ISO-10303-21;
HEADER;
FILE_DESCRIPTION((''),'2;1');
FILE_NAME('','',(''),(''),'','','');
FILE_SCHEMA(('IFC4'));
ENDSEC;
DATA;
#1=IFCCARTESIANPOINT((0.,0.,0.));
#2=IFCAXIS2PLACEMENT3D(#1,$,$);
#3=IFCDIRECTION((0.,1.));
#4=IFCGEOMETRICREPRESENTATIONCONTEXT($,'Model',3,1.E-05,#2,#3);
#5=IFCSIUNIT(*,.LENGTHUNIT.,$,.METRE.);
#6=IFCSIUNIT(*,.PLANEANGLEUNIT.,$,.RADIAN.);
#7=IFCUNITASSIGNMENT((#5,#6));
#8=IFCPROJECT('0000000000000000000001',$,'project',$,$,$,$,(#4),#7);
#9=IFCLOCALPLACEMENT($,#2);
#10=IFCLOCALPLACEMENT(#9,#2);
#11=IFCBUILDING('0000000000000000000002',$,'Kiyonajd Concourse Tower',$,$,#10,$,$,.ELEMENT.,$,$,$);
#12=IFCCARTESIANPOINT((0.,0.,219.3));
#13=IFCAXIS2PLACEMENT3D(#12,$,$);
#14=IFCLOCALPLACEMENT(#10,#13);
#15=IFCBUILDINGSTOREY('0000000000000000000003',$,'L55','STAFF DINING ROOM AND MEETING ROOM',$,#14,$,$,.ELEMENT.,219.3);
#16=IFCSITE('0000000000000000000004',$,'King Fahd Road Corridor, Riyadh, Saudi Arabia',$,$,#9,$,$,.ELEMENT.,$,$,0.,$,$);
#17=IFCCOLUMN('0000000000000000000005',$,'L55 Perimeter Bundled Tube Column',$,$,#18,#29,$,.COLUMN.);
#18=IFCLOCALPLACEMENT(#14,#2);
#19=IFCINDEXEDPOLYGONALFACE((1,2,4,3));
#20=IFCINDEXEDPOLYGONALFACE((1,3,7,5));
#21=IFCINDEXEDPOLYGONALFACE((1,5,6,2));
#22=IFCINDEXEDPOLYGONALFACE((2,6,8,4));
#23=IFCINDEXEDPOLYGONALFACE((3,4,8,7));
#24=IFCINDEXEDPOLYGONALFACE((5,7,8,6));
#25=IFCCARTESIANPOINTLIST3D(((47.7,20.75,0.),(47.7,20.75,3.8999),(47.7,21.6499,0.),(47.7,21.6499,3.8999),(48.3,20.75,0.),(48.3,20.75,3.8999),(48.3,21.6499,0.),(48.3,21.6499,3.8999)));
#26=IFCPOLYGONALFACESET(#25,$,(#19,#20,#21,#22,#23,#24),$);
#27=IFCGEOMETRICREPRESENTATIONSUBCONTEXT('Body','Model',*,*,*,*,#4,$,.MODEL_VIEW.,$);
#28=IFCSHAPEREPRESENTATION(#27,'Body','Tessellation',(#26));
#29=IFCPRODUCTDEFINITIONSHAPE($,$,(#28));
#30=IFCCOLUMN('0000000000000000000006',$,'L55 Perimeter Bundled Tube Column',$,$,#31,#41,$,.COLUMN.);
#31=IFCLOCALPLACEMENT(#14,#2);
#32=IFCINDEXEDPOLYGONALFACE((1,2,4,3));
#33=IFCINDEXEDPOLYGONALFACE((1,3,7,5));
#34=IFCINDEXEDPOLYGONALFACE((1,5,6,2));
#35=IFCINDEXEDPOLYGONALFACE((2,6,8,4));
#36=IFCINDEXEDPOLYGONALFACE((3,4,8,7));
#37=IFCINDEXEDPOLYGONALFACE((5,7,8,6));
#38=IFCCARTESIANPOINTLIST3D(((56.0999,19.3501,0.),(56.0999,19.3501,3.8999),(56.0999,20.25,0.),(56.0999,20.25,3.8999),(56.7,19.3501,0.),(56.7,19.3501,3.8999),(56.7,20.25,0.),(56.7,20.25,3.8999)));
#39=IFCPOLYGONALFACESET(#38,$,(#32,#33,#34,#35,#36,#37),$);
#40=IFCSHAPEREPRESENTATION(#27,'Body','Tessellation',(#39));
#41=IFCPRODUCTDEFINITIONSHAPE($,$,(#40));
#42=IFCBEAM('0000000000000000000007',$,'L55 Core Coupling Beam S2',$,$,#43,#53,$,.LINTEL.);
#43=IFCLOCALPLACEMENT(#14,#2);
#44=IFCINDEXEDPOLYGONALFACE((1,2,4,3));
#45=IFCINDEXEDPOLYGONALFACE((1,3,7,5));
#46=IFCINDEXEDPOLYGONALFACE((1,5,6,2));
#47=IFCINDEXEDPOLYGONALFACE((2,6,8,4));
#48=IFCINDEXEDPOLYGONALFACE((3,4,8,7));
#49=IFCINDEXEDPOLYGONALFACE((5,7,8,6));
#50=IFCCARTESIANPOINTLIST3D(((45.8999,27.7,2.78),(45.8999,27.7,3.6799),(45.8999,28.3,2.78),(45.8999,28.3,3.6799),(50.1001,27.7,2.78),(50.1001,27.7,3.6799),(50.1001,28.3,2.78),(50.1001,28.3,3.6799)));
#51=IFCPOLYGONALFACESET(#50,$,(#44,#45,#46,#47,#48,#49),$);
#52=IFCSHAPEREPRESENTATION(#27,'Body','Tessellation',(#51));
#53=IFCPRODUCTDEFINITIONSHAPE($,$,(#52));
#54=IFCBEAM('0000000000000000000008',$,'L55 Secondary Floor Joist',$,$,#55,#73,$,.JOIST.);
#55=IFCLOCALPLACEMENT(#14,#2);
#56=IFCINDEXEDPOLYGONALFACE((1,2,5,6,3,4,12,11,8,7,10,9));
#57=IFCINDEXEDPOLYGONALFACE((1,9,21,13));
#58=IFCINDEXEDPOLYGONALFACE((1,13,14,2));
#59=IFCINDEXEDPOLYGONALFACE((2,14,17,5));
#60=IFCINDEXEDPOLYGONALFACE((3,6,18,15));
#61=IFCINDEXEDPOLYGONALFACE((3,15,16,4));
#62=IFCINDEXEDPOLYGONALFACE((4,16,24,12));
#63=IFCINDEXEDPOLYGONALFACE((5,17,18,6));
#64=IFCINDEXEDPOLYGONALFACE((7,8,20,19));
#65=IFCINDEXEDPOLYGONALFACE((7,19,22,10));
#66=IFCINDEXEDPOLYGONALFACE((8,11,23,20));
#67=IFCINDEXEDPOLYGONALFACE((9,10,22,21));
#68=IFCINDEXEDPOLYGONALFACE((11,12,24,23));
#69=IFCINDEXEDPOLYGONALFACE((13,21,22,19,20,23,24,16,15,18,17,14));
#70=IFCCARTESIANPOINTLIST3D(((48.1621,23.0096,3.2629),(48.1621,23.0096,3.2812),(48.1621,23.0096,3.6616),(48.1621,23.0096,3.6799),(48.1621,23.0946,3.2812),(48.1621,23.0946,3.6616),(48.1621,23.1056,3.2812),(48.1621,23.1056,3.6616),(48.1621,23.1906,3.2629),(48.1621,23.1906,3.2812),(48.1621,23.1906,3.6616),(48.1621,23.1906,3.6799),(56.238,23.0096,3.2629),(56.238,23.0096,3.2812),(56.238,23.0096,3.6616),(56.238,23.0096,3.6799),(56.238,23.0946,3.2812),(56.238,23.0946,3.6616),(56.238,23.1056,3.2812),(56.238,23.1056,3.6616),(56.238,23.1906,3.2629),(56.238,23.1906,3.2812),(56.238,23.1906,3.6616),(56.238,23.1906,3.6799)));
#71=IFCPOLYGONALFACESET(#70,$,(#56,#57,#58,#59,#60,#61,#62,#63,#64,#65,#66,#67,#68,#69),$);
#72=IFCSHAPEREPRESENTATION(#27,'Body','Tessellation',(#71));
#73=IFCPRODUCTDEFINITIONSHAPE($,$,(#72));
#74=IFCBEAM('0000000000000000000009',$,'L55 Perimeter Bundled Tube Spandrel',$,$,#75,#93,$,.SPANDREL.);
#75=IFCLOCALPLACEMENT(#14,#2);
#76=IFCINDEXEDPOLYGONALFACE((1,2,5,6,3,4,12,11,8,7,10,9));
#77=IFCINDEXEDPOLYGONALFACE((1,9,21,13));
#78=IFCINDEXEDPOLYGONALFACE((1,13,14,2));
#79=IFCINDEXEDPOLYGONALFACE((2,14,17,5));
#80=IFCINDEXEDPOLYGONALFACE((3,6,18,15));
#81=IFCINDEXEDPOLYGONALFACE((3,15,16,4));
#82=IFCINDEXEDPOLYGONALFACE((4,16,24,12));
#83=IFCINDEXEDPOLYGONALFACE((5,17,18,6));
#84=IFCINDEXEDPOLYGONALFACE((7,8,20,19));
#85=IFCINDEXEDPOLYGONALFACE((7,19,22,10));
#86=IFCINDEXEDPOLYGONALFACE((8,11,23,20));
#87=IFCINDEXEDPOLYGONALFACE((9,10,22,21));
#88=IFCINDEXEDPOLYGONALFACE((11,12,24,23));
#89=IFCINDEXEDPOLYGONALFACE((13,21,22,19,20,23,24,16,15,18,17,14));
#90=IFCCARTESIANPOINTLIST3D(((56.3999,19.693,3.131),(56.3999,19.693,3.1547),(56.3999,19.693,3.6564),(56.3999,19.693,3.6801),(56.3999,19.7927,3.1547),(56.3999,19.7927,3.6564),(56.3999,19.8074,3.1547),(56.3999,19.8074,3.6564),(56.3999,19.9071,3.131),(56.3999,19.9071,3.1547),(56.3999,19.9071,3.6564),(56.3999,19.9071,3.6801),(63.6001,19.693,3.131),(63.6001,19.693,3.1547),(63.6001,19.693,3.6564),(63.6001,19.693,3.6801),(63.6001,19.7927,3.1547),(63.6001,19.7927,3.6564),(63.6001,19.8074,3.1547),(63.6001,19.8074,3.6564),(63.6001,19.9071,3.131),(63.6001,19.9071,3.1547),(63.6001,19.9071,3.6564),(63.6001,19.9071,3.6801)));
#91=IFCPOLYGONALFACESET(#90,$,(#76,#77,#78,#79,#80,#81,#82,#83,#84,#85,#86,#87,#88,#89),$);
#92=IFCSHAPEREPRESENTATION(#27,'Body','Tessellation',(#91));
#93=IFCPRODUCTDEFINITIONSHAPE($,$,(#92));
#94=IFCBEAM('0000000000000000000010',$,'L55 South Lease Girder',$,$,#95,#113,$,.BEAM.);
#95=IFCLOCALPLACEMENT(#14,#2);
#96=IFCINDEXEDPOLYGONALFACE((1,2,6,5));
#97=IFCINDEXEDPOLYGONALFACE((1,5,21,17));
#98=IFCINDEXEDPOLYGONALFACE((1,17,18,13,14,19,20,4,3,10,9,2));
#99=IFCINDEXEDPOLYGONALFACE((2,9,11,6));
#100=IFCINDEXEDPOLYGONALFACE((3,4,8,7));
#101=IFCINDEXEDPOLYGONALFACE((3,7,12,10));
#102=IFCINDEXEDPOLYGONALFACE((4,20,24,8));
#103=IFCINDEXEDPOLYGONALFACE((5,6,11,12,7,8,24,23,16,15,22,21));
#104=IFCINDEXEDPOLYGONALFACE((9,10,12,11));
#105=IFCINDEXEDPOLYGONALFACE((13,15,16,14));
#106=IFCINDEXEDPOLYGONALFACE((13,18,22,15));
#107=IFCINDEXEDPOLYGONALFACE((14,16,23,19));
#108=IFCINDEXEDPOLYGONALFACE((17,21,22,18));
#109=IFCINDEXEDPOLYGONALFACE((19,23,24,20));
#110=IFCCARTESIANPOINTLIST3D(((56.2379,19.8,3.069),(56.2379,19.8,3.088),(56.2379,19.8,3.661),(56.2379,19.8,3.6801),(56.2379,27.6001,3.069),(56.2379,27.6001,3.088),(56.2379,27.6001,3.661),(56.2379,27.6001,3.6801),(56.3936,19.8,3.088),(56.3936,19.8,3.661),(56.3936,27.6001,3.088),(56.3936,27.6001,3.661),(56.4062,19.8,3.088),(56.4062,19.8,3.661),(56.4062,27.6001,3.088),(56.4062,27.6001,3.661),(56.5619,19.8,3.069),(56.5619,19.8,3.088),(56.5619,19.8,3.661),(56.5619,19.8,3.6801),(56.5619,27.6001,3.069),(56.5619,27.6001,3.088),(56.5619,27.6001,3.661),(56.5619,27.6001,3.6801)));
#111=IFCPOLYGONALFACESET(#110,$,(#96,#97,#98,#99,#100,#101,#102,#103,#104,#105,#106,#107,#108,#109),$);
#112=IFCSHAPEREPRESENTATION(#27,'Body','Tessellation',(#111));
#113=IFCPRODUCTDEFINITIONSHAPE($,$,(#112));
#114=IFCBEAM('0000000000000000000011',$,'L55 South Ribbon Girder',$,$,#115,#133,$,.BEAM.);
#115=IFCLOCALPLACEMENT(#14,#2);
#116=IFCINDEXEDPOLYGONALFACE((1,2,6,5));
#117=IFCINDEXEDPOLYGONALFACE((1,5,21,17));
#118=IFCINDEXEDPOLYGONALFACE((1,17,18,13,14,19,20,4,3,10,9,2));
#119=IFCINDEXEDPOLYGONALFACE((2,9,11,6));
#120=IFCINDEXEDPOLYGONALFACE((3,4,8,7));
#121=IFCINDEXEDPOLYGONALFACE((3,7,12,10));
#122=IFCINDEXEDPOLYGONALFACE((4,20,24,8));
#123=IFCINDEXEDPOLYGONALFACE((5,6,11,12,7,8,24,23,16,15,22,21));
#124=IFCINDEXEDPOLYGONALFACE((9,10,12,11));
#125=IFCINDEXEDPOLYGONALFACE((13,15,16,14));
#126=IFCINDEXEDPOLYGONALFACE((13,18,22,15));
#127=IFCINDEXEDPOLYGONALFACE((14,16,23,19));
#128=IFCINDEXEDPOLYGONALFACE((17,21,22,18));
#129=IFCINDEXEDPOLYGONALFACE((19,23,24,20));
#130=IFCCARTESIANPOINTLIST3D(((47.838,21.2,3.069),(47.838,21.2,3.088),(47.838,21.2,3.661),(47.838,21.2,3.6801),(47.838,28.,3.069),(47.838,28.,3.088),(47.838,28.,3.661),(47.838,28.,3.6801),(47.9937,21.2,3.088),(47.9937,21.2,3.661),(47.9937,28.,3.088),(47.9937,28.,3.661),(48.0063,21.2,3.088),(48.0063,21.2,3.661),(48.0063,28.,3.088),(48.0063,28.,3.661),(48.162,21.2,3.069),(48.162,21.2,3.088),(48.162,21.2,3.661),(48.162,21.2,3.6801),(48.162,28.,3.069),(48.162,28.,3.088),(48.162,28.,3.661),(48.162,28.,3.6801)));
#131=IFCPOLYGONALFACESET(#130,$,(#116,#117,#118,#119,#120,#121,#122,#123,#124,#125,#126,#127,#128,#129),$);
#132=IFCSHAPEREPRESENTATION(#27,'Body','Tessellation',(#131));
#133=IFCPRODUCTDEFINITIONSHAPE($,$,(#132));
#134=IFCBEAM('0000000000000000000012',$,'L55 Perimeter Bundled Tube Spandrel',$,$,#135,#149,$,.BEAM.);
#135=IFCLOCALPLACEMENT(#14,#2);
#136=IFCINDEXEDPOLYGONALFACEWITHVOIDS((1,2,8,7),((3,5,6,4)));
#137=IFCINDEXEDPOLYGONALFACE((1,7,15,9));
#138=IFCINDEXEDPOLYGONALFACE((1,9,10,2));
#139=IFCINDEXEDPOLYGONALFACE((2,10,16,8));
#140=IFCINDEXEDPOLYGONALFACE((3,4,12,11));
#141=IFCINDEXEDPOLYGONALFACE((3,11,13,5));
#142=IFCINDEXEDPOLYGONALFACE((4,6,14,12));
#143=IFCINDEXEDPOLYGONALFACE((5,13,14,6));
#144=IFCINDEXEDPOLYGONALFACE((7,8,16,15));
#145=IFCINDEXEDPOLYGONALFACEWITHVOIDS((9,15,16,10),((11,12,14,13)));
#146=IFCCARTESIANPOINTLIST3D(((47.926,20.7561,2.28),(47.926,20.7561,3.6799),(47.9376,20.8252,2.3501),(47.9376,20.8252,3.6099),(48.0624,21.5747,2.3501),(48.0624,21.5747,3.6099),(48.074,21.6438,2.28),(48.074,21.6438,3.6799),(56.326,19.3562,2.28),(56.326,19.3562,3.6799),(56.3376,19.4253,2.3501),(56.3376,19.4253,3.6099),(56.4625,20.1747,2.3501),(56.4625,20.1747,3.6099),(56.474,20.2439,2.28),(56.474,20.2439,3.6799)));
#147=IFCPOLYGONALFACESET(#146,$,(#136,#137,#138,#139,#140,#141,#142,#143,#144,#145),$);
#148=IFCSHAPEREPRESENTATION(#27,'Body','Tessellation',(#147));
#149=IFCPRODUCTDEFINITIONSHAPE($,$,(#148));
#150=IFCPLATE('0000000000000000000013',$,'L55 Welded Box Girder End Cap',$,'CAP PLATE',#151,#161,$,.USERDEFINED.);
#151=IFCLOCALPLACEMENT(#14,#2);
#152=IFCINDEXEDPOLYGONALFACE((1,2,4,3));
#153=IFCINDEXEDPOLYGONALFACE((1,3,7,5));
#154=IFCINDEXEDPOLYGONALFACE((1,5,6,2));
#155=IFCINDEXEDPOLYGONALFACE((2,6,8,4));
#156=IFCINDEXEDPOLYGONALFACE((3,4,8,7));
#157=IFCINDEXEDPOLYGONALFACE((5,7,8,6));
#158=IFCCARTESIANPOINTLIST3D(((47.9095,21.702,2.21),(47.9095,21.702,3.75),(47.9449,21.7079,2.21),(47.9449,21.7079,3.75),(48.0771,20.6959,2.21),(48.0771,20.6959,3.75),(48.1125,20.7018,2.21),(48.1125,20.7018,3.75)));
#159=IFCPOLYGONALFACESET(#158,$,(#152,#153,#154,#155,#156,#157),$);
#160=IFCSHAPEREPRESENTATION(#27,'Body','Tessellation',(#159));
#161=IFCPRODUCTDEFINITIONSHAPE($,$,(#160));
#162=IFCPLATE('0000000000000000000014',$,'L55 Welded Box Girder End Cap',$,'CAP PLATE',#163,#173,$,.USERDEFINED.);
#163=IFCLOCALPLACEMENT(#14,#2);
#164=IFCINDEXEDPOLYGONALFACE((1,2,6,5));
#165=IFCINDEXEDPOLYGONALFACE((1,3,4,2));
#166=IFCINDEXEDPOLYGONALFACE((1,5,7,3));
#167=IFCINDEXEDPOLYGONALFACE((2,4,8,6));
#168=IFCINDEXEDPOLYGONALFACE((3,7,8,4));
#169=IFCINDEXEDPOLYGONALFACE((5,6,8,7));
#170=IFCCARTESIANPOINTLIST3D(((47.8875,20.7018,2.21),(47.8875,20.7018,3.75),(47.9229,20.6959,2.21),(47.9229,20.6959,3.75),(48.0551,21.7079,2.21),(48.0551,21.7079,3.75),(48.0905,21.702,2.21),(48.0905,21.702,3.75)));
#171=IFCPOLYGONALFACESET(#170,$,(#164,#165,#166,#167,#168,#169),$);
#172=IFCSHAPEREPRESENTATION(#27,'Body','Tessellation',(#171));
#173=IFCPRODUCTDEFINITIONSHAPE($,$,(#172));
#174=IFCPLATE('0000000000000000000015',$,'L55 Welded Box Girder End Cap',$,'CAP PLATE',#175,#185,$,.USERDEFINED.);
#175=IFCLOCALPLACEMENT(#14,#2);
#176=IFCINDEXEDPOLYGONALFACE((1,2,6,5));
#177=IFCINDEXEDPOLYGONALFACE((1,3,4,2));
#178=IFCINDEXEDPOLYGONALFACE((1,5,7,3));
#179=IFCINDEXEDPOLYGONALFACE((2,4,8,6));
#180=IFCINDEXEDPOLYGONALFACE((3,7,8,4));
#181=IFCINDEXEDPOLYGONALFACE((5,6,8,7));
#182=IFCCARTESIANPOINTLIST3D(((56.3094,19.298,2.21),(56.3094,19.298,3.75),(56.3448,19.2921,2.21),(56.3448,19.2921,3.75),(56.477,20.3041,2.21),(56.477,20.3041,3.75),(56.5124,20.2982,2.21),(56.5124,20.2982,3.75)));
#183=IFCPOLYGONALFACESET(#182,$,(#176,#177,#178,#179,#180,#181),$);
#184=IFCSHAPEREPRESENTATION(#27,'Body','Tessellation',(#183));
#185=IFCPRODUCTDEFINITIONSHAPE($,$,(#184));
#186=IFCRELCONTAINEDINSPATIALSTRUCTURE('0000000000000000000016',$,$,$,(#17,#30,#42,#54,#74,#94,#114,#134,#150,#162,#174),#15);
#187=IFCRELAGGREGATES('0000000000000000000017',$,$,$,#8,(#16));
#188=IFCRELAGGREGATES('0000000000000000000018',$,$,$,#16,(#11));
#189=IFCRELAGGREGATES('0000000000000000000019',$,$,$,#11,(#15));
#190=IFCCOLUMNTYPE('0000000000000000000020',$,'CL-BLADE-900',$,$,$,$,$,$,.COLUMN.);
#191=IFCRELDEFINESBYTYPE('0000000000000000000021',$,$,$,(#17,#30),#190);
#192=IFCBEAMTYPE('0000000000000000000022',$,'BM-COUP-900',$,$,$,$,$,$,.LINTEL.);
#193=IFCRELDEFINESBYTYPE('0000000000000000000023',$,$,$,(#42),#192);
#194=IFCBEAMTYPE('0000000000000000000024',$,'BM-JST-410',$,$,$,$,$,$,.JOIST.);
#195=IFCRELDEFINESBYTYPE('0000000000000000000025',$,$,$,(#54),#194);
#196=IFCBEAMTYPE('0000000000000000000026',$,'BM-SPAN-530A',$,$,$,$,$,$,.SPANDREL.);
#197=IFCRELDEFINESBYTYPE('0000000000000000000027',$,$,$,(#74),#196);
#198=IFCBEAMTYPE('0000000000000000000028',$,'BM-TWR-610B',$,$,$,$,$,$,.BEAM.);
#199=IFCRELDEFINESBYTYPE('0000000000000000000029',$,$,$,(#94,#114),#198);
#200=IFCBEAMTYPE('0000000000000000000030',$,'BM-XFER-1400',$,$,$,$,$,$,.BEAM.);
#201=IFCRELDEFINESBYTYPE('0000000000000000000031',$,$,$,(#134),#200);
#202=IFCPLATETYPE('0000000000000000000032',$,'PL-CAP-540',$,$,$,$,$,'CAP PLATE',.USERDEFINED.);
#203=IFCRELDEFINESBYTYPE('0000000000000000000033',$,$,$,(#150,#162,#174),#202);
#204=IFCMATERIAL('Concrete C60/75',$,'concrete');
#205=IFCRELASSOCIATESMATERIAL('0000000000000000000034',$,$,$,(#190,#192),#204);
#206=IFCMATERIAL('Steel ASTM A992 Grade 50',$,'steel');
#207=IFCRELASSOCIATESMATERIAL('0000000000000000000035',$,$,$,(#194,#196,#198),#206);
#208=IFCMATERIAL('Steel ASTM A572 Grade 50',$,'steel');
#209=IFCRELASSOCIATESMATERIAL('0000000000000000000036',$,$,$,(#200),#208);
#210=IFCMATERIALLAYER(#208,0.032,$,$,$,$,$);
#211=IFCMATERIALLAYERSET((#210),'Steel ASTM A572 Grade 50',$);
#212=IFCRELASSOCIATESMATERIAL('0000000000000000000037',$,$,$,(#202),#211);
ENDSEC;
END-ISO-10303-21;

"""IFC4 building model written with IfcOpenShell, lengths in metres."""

from ifc_helpers import new_model, si_unit, direction, frame, origin, origin_2d, place, context, subcontext, project, spatial, rectangle, hollow_rectangle, i_section, extrude, material, layer, layer_set, material_profile, profile_set, type_object, element, save


model = new_model("IFC4")

# Units and contexts
model_context = context("Model", 3, precision=1e-05, world=origin(), true_north=direction((0.0, 1.0)))
body_context = subcontext(model_context, "Body", "Model", "MODEL_VIEW")
ifc_project = project(units=[si_unit("LENGTHUNIT", "METRE"), si_unit("PLANEANGLEUNIT", "RADIAN")], contexts=[model_context])

# Site, building, storey
site_placement = place(None, origin())
site = spatial("IfcSite", under=ifc_project, at=site_placement, Name="King Fahd Road Corridor, Riyadh, Saudi Arabia", CompositionType="ELEMENT", RefElevation=0.0)
building_placement = place(site_placement, origin())
building = spatial("IfcBuilding", under=site, at=building_placement, Name="Kiyonajd Concourse Tower", CompositionType="ELEMENT")
storey_placement = place(building_placement, frame((0.0, 0.0, 219.3)))
storey = spatial("IfcBuildingStorey", under=building, at=storey_placement, Name="L55", Description="STAFF DINING ROOM AND MEETING ROOM", CompositionType="ELEMENT", Elevation=219.3)

# Columns
ifc_material_1 = material(Name="Concrete C60/75", Category="concrete")
ifc_material_profile_1 = material_profile(ifc_material_1, rectangle(XDim=0.6001, YDim=0.8999, at=origin_2d()), Name="RC-900x600")
ifc_profile_set_1 = profile_set([ifc_material_profile_1], Name="Concrete C60/75")
column_type = type_object("IfcColumnType", Name="CL-BLADE-900", PredefinedType="COLUMN", material=ifc_profile_set_1)
for number, where, z_axis, x_axis, name in (
    (1, (48.0, 21.2, 0.0), (0.0, 0.0, 1.0), (1.0, 0.0, 0.0), "L55 Perimeter Bundled Tube Column"),
    (2, (56.3999, 19.8, 0.0), (0.0, 0.0, 1.0), (1.0, 0.0, 0.0), "L55 Perimeter Bundled Tube Column"),
):
    element("IfcColumn", number, at=place(storey_placement, frame(where, z_axis=z_axis, x_axis=x_axis)), inside=storey, type_object=column_type, Name=name, PredefinedType="COLUMN", context=body_context, shape_type="SweptSolid", body=[
        extrude(rectangle(XDim=0.6001, YDim=0.8999, at=origin_2d()), origin(), (0.0, 0.0, 1.0), 3.8999),
    ])

# Beams
ifc_material_profile_2 = material_profile(ifc_material_1, rectangle(XDim=0.6001, YDim=0.8999, at=origin_2d()), Name="RCBM-600x900")
ifc_profile_set_2 = profile_set([ifc_material_profile_2], Name="Concrete C60/75")
beam_type_1 = type_object("IfcBeamType", Name="BM-COUP-900", PredefinedType="LINTEL", material=ifc_profile_set_2)
beam_1_placement = place(storey_placement, frame((45.8999, 28.0, 3.23), z_axis=(1.0, 0.0, 0.0), x_axis=(0.0, 1.0, 0.0)))
element("IfcBeam", 3, at=beam_1_placement, inside=storey, type_object=beam_type_1, Name="L55 Core Coupling Beam S2", PredefinedType="LINTEL", context=body_context, shape_type="SweptSolid", body=[
    extrude(rectangle(XDim=0.6001, YDim=0.8999, at=origin_2d()), origin(), (0.0, 0.0, 1.0), 4.2002),
])
ifc_material_2 = material(Name="Steel ASTM A992 Grade 50", Category="steel")
ifc_material_profile_3 = material_profile(ifc_material_2, i_section(OverallWidth=0.1809, OverallDepth=0.417, WebThickness=0.011, FlangeThickness=0.0183, at=origin_2d()), Name="W410X85")
ifc_profile_set_3 = profile_set([ifc_material_profile_3], Name="Steel ASTM A992 Grade 50")
beam_type_2 = type_object("IfcBeamType", Name="BM-JST-410", PredefinedType="JOIST", material=ifc_profile_set_3)
beam_2_placement = place(storey_placement, frame((48.1621, 23.1001, 3.4714), z_axis=(1.0, 0.0, 0.0), x_axis=(0.0, 1.0, 0.0)))
element("IfcBeam", 4, at=beam_2_placement, inside=storey, type_object=beam_type_2, Name="L55 Secondary Floor Joist", PredefinedType="JOIST", context=body_context, shape_type="SweptSolid", body=[
    extrude(i_section(OverallWidth=0.1809, OverallDepth=0.417, WebThickness=0.011, FlangeThickness=0.0183, at=origin_2d()), origin(), (0.0, 0.0, 1.0), 8.0759),
])
ifc_material_profile_4 = material_profile(ifc_material_2, i_section(OverallWidth=0.2141, OverallDepth=0.5491, WebThickness=0.0146, FlangeThickness=0.0237, at=origin_2d()), Name="W530X138")
ifc_profile_set_4 = profile_set([ifc_material_profile_4], Name="Steel ASTM A992 Grade 50")
beam_type_3 = type_object("IfcBeamType", Name="BM-SPAN-530A", PredefinedType="SPANDREL", material=ifc_profile_set_4)
beam_3_placement = place(storey_placement, frame((56.3999, 19.8, 3.4055), z_axis=(1.0, 0.0, 0.0), x_axis=(0.0, 1.0, 0.0)))
element("IfcBeam", 5, at=beam_3_placement, inside=storey, type_object=beam_type_3, Name="L55 Perimeter Bundled Tube Spandrel", PredefinedType="SPANDREL", context=body_context, shape_type="SweptSolid", body=[
    extrude(i_section(OverallWidth=0.2141, OverallDepth=0.5491, WebThickness=0.0146, FlangeThickness=0.0237, at=origin_2d()), origin(), (0.0, 0.0, 1.0), 7.2002),
])
ifc_material_profile_5 = material_profile(ifc_material_2, i_section(OverallWidth=0.324, OverallDepth=0.6111, WebThickness=0.0127, FlangeThickness=0.019, at=origin_2d()), Name="W610X155")
ifc_profile_set_5 = profile_set([ifc_material_profile_5], Name="Steel ASTM A992 Grade 50")
beam_type_4 = type_object("IfcBeamType", Name="BM-TWR-610B", PredefinedType="BEAM", material=ifc_profile_set_5)
beam_4_placement = place(storey_placement, frame((56.3999, 19.8, 3.3745), z_axis=(0.0, 1.0, 0.0), x_axis=(-1.0, 0.0, 0.0)))
element("IfcBeam", 6, at=beam_4_placement, inside=storey, type_object=beam_type_4, Name="L55 South Lease Girder", PredefinedType="BEAM", context=body_context, shape_type="SweptSolid", body=[
    extrude(i_section(OverallWidth=0.324, OverallDepth=0.6111, WebThickness=0.0127, FlangeThickness=0.019, at=origin_2d()), origin(), (0.0, 0.0, 1.0), 7.8),
])
beam_5_placement = place(storey_placement, frame((48.0, 21.2, 3.3745), z_axis=(0.0, 1.0, 0.0), x_axis=(-1.0, 0.0, 0.0)))
element("IfcBeam", 7, at=beam_5_placement, inside=storey, type_object=beam_type_4, Name="L55 South Ribbon Girder", PredefinedType="BEAM", context=body_context, shape_type="SweptSolid", body=[
    extrude(i_section(OverallWidth=0.324, OverallDepth=0.6111, WebThickness=0.0127, FlangeThickness=0.019, at=origin_2d()), origin(), (0.0, 0.0, 1.0), 6.8),
])
ifc_material_3 = material(Name="Steel ASTM A572 Grade 50", Category="steel")
ifc_material_profile_6 = material_profile(ifc_material_3, hollow_rectangle(XDim=0.8999, YDim=1.3999, WallThickness=0.0701, at=origin_2d()), Name="BOX-1400x900x70")
ifc_profile_set_6 = profile_set([ifc_material_profile_6], Name="Steel ASTM A572 Grade 50")
beam_type_5 = type_object("IfcBeamType", Name="BM-XFER-1400", PredefinedType="BEAM", material=ifc_profile_set_6)
beam_6_placement = place(storey_placement, frame((48.0, 21.2, 2.98), z_axis=(0.986395, -0.16439, 0.0), x_axis=(0.16439, 0.986395, 0.0)))
element("IfcBeam", 8, at=beam_6_placement, inside=storey, type_object=beam_type_5, Name="L55 Perimeter Bundled Tube Spandrel", PredefinedType="BEAM", context=body_context, shape_type="SweptSolid", body=[
    extrude(hollow_rectangle(XDim=0.8999, YDim=1.3999, WallThickness=0.0701, at=origin_2d()), origin(), (0.0, 0.0, 1.0), 8.5159),
])

# Plates
ifc_layer_1 = layer(ifc_material_3, 0.032)
ifc_layer_set_1 = layer_set([ifc_layer_1], Name="Steel ASTM A572 Grade 50")
plate_type_1 = type_object("IfcPlateType", Name="PL-CAP-540", ElementType="CAP PLATE", PredefinedType="USERDEFINED", material=ifc_layer_set_1)
for number, where, z_axis, x_axis, name in (
    (9, (48.011, 21.2019, 2.21), (0.0, 0.0, 1.0), (0.986401, 0.164359, 0.0), "L55 Welded Box Girder End Cap"),
    (10, (47.989, 21.2019, 2.21), (0.0, 0.0, 1.0), (-0.986401, 0.164359, 0.0), "L55 Welded Box Girder End Cap"),
    (11, (56.4109, 19.7981, 2.21), (0.0, 0.0, 1.0), (0.986401, -0.164359, 0.0), "L55 Welded Box Girder End Cap"),
):
    element("IfcPlate", number, at=place(storey_placement, frame(where, z_axis=z_axis, x_axis=x_axis)), inside=storey, type_object=plate_type_1, Name=name, ObjectType="CAP PLATE", PredefinedType="USERDEFINED", context=body_context, shape_type="SweptSolid", body=[
        extrude(rectangle(XDim=0.0359, YDim=1.02, at=origin_2d()), origin(), (0.0, 0.0, 1.0), 1.54),
    ])

save(model, "model.ifc")
